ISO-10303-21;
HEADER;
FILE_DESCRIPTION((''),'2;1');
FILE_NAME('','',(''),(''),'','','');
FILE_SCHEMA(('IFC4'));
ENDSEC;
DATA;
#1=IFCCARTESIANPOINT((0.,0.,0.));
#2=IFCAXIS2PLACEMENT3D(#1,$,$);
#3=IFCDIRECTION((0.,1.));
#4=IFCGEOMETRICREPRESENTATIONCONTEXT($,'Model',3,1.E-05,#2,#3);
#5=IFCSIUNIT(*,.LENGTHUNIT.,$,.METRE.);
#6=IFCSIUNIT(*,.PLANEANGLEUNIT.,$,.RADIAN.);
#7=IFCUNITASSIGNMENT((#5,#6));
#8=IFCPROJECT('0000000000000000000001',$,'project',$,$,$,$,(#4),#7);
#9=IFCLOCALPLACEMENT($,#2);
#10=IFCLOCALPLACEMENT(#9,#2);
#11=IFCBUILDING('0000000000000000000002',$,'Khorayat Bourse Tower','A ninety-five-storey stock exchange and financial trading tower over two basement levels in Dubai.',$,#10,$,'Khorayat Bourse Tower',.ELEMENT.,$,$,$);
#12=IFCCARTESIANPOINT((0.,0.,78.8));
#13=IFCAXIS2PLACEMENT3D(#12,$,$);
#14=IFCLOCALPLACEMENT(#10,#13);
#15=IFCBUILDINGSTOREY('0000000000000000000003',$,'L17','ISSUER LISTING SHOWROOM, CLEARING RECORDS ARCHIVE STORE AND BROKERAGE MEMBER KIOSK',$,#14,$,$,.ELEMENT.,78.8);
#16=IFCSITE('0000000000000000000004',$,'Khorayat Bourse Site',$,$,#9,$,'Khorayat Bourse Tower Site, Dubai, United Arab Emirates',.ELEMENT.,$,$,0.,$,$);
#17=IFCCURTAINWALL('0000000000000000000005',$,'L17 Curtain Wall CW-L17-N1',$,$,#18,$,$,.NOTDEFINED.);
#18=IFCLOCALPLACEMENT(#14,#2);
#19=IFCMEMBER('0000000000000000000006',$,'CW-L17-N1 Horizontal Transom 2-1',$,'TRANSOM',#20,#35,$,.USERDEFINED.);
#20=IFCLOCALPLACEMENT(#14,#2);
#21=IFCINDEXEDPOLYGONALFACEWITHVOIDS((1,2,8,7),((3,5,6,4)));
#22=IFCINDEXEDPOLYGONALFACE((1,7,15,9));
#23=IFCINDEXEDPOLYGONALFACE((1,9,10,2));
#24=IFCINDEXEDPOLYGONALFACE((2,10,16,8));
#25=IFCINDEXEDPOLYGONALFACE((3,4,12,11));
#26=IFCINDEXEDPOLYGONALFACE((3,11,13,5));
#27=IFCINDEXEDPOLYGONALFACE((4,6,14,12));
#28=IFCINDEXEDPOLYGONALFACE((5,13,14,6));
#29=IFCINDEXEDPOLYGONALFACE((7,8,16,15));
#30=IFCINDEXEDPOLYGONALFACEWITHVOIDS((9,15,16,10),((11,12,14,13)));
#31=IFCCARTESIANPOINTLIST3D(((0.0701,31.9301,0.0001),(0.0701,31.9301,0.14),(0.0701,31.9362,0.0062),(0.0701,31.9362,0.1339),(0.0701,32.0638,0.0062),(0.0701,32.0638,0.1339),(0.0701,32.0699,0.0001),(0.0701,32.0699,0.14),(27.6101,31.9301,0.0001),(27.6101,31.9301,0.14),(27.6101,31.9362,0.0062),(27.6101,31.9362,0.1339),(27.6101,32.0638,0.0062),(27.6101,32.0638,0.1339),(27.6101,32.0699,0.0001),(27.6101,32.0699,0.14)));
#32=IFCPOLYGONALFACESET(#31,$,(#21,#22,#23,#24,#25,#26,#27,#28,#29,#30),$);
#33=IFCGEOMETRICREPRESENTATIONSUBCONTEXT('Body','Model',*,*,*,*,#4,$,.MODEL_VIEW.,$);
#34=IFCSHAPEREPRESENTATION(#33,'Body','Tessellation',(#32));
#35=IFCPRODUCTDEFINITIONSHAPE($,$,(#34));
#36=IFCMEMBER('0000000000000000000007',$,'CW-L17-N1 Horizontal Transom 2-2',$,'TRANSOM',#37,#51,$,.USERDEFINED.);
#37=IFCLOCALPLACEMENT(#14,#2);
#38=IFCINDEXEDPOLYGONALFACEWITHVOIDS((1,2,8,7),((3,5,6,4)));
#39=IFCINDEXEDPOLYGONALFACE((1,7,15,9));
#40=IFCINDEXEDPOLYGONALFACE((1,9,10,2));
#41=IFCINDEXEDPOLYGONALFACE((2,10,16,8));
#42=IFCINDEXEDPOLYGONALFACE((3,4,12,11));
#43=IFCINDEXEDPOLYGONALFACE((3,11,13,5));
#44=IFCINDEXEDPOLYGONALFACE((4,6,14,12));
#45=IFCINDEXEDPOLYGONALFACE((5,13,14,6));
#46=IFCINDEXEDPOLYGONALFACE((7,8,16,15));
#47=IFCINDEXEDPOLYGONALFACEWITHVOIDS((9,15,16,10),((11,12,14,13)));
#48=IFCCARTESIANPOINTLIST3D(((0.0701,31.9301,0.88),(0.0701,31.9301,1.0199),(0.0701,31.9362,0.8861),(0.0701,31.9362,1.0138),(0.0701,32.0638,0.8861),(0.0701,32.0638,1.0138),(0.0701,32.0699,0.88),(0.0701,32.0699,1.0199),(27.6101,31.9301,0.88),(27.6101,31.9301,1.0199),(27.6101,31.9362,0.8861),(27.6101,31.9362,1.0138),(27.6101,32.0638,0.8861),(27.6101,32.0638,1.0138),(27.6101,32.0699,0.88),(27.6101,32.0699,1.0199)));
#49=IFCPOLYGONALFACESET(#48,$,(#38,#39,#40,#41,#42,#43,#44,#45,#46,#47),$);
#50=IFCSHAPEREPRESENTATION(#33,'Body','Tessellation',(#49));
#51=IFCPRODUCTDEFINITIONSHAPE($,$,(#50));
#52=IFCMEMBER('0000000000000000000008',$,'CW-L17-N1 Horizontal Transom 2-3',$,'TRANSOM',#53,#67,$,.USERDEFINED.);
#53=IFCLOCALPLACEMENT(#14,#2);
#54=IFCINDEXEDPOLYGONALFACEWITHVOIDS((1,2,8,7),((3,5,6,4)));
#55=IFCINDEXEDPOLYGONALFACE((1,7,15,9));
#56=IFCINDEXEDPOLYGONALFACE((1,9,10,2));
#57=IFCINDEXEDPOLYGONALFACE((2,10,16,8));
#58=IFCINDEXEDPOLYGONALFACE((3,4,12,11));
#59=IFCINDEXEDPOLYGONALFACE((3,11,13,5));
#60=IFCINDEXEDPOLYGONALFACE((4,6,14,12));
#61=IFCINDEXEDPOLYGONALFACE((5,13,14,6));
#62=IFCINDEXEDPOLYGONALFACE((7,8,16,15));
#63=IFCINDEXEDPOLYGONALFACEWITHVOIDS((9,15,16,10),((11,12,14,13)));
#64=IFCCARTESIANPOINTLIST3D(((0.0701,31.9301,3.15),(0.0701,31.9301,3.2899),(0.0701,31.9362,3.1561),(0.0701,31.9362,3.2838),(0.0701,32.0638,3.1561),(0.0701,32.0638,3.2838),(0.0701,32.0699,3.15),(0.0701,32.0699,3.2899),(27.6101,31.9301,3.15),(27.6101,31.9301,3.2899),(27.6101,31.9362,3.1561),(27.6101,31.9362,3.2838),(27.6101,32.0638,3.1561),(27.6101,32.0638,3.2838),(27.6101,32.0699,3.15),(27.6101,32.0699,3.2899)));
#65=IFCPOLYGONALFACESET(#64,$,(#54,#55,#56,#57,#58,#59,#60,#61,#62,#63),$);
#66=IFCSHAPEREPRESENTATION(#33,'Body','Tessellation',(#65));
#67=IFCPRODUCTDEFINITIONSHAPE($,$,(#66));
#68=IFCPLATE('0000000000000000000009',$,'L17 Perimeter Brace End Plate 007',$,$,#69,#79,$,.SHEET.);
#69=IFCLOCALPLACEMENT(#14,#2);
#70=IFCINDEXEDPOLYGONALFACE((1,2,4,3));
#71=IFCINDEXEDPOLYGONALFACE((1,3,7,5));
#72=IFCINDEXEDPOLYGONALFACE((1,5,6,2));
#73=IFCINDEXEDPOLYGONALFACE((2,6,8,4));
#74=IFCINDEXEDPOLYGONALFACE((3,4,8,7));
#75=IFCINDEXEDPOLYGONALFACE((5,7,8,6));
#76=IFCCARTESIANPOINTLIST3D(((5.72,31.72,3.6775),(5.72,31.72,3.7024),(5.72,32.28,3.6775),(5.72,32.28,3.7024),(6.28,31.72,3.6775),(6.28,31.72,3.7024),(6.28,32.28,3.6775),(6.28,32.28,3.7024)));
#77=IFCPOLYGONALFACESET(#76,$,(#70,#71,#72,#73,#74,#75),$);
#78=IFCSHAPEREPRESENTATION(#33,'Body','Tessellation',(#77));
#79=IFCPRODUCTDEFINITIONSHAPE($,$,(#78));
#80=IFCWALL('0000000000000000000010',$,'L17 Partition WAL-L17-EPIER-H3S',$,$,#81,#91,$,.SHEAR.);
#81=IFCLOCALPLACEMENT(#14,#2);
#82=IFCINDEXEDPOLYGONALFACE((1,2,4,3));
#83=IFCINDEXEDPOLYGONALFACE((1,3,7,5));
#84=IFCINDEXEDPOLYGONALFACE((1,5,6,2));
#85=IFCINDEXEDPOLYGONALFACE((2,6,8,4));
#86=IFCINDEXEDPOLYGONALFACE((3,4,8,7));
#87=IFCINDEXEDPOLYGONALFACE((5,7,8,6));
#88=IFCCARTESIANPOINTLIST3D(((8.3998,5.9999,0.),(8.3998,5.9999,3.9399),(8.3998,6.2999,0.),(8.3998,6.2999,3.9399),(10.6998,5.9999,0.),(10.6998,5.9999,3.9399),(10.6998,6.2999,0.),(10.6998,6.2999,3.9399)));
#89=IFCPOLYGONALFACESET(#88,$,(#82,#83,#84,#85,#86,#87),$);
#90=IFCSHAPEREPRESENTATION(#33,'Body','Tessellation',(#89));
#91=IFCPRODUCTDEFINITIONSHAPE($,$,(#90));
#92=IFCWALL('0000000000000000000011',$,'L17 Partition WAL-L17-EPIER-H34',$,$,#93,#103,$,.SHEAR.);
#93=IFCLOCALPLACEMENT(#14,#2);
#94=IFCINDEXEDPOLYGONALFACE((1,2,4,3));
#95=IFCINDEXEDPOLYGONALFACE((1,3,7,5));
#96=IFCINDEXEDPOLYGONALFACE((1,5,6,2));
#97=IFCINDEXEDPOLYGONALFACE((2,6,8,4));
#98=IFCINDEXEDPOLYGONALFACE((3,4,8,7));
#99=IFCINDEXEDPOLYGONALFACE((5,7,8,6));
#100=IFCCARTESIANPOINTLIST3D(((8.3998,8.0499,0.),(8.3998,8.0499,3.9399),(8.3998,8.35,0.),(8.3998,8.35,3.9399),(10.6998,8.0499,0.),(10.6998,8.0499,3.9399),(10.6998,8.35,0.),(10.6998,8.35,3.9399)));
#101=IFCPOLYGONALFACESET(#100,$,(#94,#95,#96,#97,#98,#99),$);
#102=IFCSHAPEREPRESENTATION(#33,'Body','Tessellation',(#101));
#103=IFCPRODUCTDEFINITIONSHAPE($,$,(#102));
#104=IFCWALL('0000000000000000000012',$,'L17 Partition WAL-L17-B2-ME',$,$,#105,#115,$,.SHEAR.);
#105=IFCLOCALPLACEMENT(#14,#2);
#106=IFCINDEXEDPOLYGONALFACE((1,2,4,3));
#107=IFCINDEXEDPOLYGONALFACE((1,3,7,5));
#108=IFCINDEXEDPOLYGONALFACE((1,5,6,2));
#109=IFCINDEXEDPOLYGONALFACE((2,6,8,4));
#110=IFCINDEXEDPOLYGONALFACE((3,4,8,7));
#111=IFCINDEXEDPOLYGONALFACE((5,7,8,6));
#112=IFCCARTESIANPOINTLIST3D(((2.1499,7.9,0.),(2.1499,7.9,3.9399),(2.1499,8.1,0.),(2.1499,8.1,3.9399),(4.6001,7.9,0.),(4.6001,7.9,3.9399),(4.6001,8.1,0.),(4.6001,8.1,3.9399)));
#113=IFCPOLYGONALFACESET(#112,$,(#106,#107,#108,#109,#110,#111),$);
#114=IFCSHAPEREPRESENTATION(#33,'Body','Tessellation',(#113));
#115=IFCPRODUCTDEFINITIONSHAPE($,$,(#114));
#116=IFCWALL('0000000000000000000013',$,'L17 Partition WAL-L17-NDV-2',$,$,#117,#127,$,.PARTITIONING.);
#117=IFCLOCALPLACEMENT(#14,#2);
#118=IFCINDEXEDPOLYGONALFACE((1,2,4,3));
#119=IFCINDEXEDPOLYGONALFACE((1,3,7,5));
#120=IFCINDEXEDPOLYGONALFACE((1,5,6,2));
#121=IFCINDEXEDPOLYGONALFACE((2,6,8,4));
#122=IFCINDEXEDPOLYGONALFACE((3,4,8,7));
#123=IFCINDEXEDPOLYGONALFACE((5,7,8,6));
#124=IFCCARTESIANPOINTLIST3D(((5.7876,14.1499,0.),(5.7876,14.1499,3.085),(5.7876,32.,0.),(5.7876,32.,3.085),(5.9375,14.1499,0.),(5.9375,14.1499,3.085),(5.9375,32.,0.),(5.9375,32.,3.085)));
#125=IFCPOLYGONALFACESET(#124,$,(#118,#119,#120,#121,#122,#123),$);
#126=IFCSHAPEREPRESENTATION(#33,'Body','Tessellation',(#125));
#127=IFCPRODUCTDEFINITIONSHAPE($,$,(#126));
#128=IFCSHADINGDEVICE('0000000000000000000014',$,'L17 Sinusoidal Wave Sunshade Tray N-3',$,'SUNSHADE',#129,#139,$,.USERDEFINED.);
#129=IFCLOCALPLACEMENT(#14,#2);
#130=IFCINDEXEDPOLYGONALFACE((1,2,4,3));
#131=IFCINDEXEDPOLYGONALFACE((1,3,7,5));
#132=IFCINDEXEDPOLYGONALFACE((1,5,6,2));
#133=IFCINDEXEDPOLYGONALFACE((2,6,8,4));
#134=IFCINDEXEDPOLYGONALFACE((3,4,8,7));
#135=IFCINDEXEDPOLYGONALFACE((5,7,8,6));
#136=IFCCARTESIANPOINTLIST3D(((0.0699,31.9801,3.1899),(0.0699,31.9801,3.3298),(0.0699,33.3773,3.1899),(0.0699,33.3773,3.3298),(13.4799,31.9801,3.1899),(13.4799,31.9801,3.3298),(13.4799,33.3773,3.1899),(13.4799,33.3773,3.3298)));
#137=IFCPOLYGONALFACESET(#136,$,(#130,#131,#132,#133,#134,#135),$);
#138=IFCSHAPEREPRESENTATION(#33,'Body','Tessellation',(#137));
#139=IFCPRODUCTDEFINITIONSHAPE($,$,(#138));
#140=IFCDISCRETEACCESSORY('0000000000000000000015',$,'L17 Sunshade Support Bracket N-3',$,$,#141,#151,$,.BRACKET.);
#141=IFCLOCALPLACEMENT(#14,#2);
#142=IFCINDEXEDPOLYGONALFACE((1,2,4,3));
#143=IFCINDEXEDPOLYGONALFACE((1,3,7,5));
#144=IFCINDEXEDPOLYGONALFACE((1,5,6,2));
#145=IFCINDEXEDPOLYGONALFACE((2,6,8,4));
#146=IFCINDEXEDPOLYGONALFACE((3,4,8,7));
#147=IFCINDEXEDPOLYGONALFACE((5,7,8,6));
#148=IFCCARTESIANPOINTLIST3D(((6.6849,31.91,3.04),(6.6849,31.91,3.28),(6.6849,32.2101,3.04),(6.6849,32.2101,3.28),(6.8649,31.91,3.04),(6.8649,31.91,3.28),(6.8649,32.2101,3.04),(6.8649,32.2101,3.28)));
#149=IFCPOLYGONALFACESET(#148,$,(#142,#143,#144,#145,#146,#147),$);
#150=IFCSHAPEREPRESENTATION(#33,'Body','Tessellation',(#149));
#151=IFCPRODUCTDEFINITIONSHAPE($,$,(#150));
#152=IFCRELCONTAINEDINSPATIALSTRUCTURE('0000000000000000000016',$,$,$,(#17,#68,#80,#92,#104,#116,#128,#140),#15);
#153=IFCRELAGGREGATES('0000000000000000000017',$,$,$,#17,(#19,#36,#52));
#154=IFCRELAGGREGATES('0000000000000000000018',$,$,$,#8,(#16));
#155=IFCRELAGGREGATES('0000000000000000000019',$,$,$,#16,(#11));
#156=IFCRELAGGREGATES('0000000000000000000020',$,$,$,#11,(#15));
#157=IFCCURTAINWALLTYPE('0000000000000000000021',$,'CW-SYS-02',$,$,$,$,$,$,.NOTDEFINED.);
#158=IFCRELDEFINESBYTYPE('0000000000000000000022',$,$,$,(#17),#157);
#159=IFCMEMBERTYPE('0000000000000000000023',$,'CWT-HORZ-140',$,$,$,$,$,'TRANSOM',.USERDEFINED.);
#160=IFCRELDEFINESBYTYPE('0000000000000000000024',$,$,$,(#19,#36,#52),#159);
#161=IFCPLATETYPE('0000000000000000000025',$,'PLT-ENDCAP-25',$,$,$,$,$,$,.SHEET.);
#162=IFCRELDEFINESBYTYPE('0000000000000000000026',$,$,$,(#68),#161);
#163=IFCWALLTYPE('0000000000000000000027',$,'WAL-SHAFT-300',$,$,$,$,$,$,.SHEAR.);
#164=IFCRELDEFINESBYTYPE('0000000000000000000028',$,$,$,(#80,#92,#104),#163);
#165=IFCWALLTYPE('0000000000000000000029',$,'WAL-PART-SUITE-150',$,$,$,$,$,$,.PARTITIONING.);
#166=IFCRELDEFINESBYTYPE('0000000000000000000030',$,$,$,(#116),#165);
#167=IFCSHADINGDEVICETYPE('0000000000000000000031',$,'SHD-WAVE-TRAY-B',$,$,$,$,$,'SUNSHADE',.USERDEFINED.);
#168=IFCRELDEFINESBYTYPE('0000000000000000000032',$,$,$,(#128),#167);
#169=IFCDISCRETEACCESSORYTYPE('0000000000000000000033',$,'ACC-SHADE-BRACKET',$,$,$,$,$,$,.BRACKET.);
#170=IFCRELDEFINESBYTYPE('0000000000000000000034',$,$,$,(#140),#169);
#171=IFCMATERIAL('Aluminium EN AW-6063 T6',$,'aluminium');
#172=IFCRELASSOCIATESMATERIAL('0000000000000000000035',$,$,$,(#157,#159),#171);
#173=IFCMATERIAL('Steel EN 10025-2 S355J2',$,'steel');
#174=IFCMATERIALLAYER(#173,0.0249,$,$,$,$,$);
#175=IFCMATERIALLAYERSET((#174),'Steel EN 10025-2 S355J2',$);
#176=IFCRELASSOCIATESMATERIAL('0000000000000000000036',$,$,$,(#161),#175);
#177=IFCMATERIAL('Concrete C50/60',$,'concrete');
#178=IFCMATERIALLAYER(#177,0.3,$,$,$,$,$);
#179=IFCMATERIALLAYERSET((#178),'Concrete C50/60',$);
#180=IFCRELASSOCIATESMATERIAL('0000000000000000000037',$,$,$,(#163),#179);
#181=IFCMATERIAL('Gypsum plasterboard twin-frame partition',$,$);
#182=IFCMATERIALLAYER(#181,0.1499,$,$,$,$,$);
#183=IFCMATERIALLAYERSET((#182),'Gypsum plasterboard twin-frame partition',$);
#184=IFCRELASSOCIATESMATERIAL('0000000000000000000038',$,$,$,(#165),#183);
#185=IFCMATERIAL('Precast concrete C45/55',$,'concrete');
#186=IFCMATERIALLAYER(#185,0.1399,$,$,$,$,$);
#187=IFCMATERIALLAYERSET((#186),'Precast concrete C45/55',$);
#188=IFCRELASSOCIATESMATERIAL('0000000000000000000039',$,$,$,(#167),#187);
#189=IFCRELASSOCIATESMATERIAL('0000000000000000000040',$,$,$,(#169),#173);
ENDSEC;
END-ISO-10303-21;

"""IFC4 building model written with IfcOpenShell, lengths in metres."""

from ifc_helpers import new_model, si_unit, direction, frame, frame_2d, origin, origin_2d, place, context, subcontext, project, spatial, rectangle, hollow_rectangle, extrude, source, transform, mapped, material, layer, layer_set, material_profile, profile_set, type_object, element, aggregate, save


model = new_model("IFC4")

# Units and contexts
model_context = context("Model", 3, precision=1e-05, world=origin(), true_north=direction((0.0, 1.0)))
body_context = subcontext(model_context, "Body", "Model", "MODEL_VIEW")
ifc_project = project(units=[si_unit("LENGTHUNIT", "METRE"), si_unit("PLANEANGLEUNIT", "RADIAN")], contexts=[model_context])

# Site, building, storey
site_placement = place(None, origin())
site = spatial("IfcSite", under=ifc_project, at=site_placement, Name="Khorayat Bourse Site", LongName="Khorayat Bourse Tower Site, Dubai, United Arab Emirates", CompositionType="ELEMENT", RefElevation=0.0)
building_placement = place(site_placement, origin())
building = spatial("IfcBuilding", under=site, at=building_placement, Name="Khorayat Bourse Tower", Description="A ninety-five-storey stock exchange and financial trading tower over two basement levels in Dubai.", LongName="Khorayat Bourse Tower", CompositionType="ELEMENT")
storey_placement = place(building_placement, frame((0.0, 0.0, 78.8)))
storey = spatial("IfcBuildingStorey", under=building, at=storey_placement, Name="L17", Description="ISSUER LISTING SHOWROOM, CLEARING RECORDS ARCHIVE STORE AND BROKERAGE MEMBER KIOSK", CompositionType="ELEMENT", Elevation=78.8)

# Curtain wall, members
ifc_material_1 = material(Name="Aluminium EN AW-6063 T6", Category="aluminium")
curtain_wall_type = type_object("IfcCurtainWallType", Name="CW-SYS-02", PredefinedType="NOTDEFINED", material=ifc_material_1)
curtain_wall_placement = place(storey_placement, origin())
curtain_wall = element("IfcCurtainWall", 1, at=curtain_wall_placement, inside=storey, type_object=curtain_wall_type, Name="L17 Curtain Wall CW-L17-N1", PredefinedType="NOTDEFINED")
ifc_material_profile_1 = material_profile(ifc_material_1, hollow_rectangle(XDim=0.1399, YDim=0.1399, WallThickness=0.0061, at=origin_2d()), Name="ALU 140x140x6")
ifc_profile_set_1 = profile_set([ifc_material_profile_1], Name="Aluminium EN AW-6063 T6")
member_type_1 = type_object("IfcMemberType", Name="CWT-HORZ-140", ElementType="TRANSOM", PredefinedType="USERDEFINED", material=ifc_profile_set_1)
shared_shape_1 = source(origin(), body_context, "Body", "SweptSolid", [
    extrude(hollow_rectangle(XDim=0.1399, YDim=0.1399, WallThickness=0.0061, at=origin_2d()), origin(), (0.0, 0.0, 1.0), 27.54),
])
member_1_placement = place(storey_placement, frame((0.0701, 32.0, 0.0701), z_axis=(1.0, 0.0, 0.0), x_axis=(0.0, 1.0, 0.0)))
member_1 = element("IfcMember", 2, at=member_1_placement, type_object=member_type_1, Name="CW-L17-N1 Horizontal Transom 2-1", ObjectType="TRANSOM", PredefinedType="USERDEFINED", context=body_context, shape_type="MappedRepresentation", body=[
    mapped(shared_shape_1, transform((0.0, 0.0, 0.0), scale=1.0)),
])
member_2_placement = place(storey_placement, frame((0.0701, 32.0, 0.95), z_axis=(1.0, 0.0, 0.0), x_axis=(0.0, 1.0, 0.0)))
member_2 = element("IfcMember", 3, at=member_2_placement, type_object=member_type_1, Name="CW-L17-N1 Horizontal Transom 2-2", ObjectType="TRANSOM", PredefinedType="USERDEFINED", context=body_context, shape_type="MappedRepresentation", body=[
    mapped(shared_shape_1, transform((0.0, 0.0, 0.0), scale=1.0)),
])
member_3_placement = place(storey_placement, frame((0.0701, 32.0, 3.22), z_axis=(1.0, 0.0, 0.0), x_axis=(0.0, 1.0, 0.0)))
member_3 = element("IfcMember", 4, at=member_3_placement, type_object=member_type_1, Name="CW-L17-N1 Horizontal Transom 2-3", ObjectType="TRANSOM", PredefinedType="USERDEFINED", context=body_context, shape_type="MappedRepresentation", body=[
    mapped(shared_shape_1, transform((0.0, 0.0, 0.0), scale=1.0)),
])
aggregate(curtain_wall, [member_1, member_2, member_3])

# Plate
ifc_material_2 = material(Name="Steel EN 10025-2 S355J2", Category="steel")
ifc_layer_1 = layer(ifc_material_2, 0.0249)
ifc_layer_set_1 = layer_set([ifc_layer_1], Name="Steel EN 10025-2 S355J2")
plate_type = type_object("IfcPlateType", Name="PLT-ENDCAP-25", PredefinedType="SHEET", material=ifc_layer_set_1)
shared_shape_2 = source(origin(), body_context, "Body", "SweptSolid", [
    extrude(rectangle(XDim=0.5601, YDim=0.5601, at=origin_2d()), origin(), (0.0, 0.0, 1.0), 0.0249),
])
plate_placement = place(storey_placement, frame((6.0, 32.0, 3.6775), z_axis=(0.0, 0.0, 1.0), x_axis=(1.0, 0.0, 0.0)))
element("IfcPlate", 5, at=plate_placement, inside=storey, type_object=plate_type, Name="L17 Perimeter Brace End Plate 007", PredefinedType="SHEET", context=body_context, shape_type="MappedRepresentation", body=[
    mapped(shared_shape_2, transform((0.0, 0.0, 0.0), scale=1.0)),
])

# Walls
ifc_material_3 = material(Name="Concrete C50/60", Category="concrete")
ifc_layer_2 = layer(ifc_material_3, 0.3)
ifc_layer_set_2 = layer_set([ifc_layer_2], Name="Concrete C50/60")
wall_type_1 = type_object("IfcWallType", Name="WAL-SHAFT-300", PredefinedType="SHEAR", material=ifc_layer_set_2)
shared_shape_3 = source(origin(), body_context, "Body", "SweptSolid", [
    extrude(rectangle(XDim=2.3, YDim=0.3, at=frame_2d((1.1499, 0.0))), origin(), (0.0, 0.0, 1.0), 3.9399),
])
for number, where, z_axis, x_axis, name in (
    (6, (8.3999, 6.1499, 0.0), (0.0, 0.0, 1.0), (1.0, 0.0, 0.0), "L17 Partition WAL-L17-EPIER-H3S"),
    (7, (8.3999, 8.2, 0.0), (0.0, 0.0, 1.0), (1.0, 0.0, 0.0), "L17 Partition WAL-L17-EPIER-H34"),
):
    element("IfcWall", number, at=place(storey_placement, frame(where, z_axis=z_axis, x_axis=x_axis)), inside=storey, type_object=wall_type_1, Name=name, PredefinedType="SHEAR", context=body_context, shape_type="MappedRepresentation", body=[
        mapped(shared_shape_3, transform((0.0, 0.0, 0.0), scale=1.0)),
    ])
shared_shape_4 = source(origin(), body_context, "Body", "SweptSolid", [
    extrude(rectangle(XDim=2.4502, YDim=0.2, at=frame_2d((1.2251, 0.0))), origin(), (0.0, 0.0, 1.0), 3.9399),
])
wall_1_placement = place(storey_placement, frame((2.1499, 8.0, 0.0), z_axis=(0.0, 0.0, 1.0), x_axis=(1.0, 0.0, 0.0)))
element("IfcWall", 8, at=wall_1_placement, inside=storey, type_object=wall_type_1, Name="L17 Partition WAL-L17-B2-ME", PredefinedType="SHEAR", context=body_context, shape_type="MappedRepresentation", body=[
    mapped(shared_shape_4, transform((0.0, 0.0, 0.0), scale=1.0)),
])
ifc_material_4 = material(Name="Gypsum plasterboard twin-frame partition")
ifc_layer_3 = layer(ifc_material_4, 0.1499)
ifc_layer_set_3 = layer_set([ifc_layer_3], Name="Gypsum plasterboard twin-frame partition")
wall_type_2 = type_object("IfcWallType", Name="WAL-PART-SUITE-150", PredefinedType="PARTITIONING", material=ifc_layer_set_3)
shared_shape_5 = source(origin(), body_context, "Body", "SweptSolid", [
    extrude(rectangle(XDim=17.8501, YDim=0.1499, at=frame_2d((8.925, 0.0))), origin(), (0.0, 0.0, 1.0), 3.085),
])
wall_2_placement = place(storey_placement, frame((5.8625, 14.1499, 0.0), z_axis=(0.0, 0.0, 1.0), x_axis=(0.0, 1.0, 0.0)))
element("IfcWall", 9, at=wall_2_placement, inside=storey, type_object=wall_type_2, Name="L17 Partition WAL-L17-NDV-2", PredefinedType="PARTITIONING", context=body_context, shape_type="MappedRepresentation", body=[
    mapped(shared_shape_5, transform((0.0, 0.0, 0.0), scale=1.0)),
])

# Shading device
ifc_material_5 = material(Name="Precast concrete C45/55", Category="concrete")
ifc_layer_4 = layer(ifc_material_5, 0.1399)
ifc_layer_set_4 = layer_set([ifc_layer_4], Name="Precast concrete C45/55")
shading_device_type = type_object("IfcShadingDeviceType", Name="SHD-WAVE-TRAY-B", ElementType="SUNSHADE", PredefinedType="USERDEFINED", material=ifc_layer_set_4)
shared_shape_6 = source(origin(), body_context, "Body", "SweptSolid", [
    extrude(rectangle(XDim=13.4099, YDim=1.3972, at=origin_2d()), origin(), (0.0, 0.0, 1.0), 0.1399),
])
shading_device_placement = place(storey_placement, frame((6.7749, 32.6787, 3.1899), z_axis=(0.0, 0.0, 1.0), x_axis=(1.0, 0.0, 0.0)))
element("IfcShadingDevice", 10, at=shading_device_placement, inside=storey, type_object=shading_device_type, Name="L17 Sinusoidal Wave Sunshade Tray N-3", ObjectType="SUNSHADE", PredefinedType="USERDEFINED", context=body_context, shape_type="MappedRepresentation", body=[
    mapped(shared_shape_6, transform((0.0, 0.0, 0.0), scale=1.0)),
])

# Discrete accessory
discrete_accessory_type = type_object("IfcDiscreteAccessoryType", Name="ACC-SHADE-BRACKET", PredefinedType="BRACKET", material=ifc_material_2)
shared_shape_7 = source(origin(), body_context, "Body", "SweptSolid", [
    extrude(rectangle(XDim=0.1799, YDim=0.3, at=origin_2d()), origin(), (0.0, 0.0, 1.0), 0.24),
])
discrete_accessory_placement = place(storey_placement, frame((6.7749, 32.0601, 3.04), z_axis=(0.0, 0.0, 1.0), x_axis=(1.0, 0.0, 0.0)))
element("IfcDiscreteAccessory", 11, at=discrete_accessory_placement, inside=storey, type_object=discrete_accessory_type, Name="L17 Sunshade Support Bracket N-3", PredefinedType="BRACKET", context=body_context, shape_type="MappedRepresentation", body=[
    mapped(shared_shape_7, transform((0.0, 0.0, 0.0), scale=1.0)),
])

save(model, "model.ifc")
